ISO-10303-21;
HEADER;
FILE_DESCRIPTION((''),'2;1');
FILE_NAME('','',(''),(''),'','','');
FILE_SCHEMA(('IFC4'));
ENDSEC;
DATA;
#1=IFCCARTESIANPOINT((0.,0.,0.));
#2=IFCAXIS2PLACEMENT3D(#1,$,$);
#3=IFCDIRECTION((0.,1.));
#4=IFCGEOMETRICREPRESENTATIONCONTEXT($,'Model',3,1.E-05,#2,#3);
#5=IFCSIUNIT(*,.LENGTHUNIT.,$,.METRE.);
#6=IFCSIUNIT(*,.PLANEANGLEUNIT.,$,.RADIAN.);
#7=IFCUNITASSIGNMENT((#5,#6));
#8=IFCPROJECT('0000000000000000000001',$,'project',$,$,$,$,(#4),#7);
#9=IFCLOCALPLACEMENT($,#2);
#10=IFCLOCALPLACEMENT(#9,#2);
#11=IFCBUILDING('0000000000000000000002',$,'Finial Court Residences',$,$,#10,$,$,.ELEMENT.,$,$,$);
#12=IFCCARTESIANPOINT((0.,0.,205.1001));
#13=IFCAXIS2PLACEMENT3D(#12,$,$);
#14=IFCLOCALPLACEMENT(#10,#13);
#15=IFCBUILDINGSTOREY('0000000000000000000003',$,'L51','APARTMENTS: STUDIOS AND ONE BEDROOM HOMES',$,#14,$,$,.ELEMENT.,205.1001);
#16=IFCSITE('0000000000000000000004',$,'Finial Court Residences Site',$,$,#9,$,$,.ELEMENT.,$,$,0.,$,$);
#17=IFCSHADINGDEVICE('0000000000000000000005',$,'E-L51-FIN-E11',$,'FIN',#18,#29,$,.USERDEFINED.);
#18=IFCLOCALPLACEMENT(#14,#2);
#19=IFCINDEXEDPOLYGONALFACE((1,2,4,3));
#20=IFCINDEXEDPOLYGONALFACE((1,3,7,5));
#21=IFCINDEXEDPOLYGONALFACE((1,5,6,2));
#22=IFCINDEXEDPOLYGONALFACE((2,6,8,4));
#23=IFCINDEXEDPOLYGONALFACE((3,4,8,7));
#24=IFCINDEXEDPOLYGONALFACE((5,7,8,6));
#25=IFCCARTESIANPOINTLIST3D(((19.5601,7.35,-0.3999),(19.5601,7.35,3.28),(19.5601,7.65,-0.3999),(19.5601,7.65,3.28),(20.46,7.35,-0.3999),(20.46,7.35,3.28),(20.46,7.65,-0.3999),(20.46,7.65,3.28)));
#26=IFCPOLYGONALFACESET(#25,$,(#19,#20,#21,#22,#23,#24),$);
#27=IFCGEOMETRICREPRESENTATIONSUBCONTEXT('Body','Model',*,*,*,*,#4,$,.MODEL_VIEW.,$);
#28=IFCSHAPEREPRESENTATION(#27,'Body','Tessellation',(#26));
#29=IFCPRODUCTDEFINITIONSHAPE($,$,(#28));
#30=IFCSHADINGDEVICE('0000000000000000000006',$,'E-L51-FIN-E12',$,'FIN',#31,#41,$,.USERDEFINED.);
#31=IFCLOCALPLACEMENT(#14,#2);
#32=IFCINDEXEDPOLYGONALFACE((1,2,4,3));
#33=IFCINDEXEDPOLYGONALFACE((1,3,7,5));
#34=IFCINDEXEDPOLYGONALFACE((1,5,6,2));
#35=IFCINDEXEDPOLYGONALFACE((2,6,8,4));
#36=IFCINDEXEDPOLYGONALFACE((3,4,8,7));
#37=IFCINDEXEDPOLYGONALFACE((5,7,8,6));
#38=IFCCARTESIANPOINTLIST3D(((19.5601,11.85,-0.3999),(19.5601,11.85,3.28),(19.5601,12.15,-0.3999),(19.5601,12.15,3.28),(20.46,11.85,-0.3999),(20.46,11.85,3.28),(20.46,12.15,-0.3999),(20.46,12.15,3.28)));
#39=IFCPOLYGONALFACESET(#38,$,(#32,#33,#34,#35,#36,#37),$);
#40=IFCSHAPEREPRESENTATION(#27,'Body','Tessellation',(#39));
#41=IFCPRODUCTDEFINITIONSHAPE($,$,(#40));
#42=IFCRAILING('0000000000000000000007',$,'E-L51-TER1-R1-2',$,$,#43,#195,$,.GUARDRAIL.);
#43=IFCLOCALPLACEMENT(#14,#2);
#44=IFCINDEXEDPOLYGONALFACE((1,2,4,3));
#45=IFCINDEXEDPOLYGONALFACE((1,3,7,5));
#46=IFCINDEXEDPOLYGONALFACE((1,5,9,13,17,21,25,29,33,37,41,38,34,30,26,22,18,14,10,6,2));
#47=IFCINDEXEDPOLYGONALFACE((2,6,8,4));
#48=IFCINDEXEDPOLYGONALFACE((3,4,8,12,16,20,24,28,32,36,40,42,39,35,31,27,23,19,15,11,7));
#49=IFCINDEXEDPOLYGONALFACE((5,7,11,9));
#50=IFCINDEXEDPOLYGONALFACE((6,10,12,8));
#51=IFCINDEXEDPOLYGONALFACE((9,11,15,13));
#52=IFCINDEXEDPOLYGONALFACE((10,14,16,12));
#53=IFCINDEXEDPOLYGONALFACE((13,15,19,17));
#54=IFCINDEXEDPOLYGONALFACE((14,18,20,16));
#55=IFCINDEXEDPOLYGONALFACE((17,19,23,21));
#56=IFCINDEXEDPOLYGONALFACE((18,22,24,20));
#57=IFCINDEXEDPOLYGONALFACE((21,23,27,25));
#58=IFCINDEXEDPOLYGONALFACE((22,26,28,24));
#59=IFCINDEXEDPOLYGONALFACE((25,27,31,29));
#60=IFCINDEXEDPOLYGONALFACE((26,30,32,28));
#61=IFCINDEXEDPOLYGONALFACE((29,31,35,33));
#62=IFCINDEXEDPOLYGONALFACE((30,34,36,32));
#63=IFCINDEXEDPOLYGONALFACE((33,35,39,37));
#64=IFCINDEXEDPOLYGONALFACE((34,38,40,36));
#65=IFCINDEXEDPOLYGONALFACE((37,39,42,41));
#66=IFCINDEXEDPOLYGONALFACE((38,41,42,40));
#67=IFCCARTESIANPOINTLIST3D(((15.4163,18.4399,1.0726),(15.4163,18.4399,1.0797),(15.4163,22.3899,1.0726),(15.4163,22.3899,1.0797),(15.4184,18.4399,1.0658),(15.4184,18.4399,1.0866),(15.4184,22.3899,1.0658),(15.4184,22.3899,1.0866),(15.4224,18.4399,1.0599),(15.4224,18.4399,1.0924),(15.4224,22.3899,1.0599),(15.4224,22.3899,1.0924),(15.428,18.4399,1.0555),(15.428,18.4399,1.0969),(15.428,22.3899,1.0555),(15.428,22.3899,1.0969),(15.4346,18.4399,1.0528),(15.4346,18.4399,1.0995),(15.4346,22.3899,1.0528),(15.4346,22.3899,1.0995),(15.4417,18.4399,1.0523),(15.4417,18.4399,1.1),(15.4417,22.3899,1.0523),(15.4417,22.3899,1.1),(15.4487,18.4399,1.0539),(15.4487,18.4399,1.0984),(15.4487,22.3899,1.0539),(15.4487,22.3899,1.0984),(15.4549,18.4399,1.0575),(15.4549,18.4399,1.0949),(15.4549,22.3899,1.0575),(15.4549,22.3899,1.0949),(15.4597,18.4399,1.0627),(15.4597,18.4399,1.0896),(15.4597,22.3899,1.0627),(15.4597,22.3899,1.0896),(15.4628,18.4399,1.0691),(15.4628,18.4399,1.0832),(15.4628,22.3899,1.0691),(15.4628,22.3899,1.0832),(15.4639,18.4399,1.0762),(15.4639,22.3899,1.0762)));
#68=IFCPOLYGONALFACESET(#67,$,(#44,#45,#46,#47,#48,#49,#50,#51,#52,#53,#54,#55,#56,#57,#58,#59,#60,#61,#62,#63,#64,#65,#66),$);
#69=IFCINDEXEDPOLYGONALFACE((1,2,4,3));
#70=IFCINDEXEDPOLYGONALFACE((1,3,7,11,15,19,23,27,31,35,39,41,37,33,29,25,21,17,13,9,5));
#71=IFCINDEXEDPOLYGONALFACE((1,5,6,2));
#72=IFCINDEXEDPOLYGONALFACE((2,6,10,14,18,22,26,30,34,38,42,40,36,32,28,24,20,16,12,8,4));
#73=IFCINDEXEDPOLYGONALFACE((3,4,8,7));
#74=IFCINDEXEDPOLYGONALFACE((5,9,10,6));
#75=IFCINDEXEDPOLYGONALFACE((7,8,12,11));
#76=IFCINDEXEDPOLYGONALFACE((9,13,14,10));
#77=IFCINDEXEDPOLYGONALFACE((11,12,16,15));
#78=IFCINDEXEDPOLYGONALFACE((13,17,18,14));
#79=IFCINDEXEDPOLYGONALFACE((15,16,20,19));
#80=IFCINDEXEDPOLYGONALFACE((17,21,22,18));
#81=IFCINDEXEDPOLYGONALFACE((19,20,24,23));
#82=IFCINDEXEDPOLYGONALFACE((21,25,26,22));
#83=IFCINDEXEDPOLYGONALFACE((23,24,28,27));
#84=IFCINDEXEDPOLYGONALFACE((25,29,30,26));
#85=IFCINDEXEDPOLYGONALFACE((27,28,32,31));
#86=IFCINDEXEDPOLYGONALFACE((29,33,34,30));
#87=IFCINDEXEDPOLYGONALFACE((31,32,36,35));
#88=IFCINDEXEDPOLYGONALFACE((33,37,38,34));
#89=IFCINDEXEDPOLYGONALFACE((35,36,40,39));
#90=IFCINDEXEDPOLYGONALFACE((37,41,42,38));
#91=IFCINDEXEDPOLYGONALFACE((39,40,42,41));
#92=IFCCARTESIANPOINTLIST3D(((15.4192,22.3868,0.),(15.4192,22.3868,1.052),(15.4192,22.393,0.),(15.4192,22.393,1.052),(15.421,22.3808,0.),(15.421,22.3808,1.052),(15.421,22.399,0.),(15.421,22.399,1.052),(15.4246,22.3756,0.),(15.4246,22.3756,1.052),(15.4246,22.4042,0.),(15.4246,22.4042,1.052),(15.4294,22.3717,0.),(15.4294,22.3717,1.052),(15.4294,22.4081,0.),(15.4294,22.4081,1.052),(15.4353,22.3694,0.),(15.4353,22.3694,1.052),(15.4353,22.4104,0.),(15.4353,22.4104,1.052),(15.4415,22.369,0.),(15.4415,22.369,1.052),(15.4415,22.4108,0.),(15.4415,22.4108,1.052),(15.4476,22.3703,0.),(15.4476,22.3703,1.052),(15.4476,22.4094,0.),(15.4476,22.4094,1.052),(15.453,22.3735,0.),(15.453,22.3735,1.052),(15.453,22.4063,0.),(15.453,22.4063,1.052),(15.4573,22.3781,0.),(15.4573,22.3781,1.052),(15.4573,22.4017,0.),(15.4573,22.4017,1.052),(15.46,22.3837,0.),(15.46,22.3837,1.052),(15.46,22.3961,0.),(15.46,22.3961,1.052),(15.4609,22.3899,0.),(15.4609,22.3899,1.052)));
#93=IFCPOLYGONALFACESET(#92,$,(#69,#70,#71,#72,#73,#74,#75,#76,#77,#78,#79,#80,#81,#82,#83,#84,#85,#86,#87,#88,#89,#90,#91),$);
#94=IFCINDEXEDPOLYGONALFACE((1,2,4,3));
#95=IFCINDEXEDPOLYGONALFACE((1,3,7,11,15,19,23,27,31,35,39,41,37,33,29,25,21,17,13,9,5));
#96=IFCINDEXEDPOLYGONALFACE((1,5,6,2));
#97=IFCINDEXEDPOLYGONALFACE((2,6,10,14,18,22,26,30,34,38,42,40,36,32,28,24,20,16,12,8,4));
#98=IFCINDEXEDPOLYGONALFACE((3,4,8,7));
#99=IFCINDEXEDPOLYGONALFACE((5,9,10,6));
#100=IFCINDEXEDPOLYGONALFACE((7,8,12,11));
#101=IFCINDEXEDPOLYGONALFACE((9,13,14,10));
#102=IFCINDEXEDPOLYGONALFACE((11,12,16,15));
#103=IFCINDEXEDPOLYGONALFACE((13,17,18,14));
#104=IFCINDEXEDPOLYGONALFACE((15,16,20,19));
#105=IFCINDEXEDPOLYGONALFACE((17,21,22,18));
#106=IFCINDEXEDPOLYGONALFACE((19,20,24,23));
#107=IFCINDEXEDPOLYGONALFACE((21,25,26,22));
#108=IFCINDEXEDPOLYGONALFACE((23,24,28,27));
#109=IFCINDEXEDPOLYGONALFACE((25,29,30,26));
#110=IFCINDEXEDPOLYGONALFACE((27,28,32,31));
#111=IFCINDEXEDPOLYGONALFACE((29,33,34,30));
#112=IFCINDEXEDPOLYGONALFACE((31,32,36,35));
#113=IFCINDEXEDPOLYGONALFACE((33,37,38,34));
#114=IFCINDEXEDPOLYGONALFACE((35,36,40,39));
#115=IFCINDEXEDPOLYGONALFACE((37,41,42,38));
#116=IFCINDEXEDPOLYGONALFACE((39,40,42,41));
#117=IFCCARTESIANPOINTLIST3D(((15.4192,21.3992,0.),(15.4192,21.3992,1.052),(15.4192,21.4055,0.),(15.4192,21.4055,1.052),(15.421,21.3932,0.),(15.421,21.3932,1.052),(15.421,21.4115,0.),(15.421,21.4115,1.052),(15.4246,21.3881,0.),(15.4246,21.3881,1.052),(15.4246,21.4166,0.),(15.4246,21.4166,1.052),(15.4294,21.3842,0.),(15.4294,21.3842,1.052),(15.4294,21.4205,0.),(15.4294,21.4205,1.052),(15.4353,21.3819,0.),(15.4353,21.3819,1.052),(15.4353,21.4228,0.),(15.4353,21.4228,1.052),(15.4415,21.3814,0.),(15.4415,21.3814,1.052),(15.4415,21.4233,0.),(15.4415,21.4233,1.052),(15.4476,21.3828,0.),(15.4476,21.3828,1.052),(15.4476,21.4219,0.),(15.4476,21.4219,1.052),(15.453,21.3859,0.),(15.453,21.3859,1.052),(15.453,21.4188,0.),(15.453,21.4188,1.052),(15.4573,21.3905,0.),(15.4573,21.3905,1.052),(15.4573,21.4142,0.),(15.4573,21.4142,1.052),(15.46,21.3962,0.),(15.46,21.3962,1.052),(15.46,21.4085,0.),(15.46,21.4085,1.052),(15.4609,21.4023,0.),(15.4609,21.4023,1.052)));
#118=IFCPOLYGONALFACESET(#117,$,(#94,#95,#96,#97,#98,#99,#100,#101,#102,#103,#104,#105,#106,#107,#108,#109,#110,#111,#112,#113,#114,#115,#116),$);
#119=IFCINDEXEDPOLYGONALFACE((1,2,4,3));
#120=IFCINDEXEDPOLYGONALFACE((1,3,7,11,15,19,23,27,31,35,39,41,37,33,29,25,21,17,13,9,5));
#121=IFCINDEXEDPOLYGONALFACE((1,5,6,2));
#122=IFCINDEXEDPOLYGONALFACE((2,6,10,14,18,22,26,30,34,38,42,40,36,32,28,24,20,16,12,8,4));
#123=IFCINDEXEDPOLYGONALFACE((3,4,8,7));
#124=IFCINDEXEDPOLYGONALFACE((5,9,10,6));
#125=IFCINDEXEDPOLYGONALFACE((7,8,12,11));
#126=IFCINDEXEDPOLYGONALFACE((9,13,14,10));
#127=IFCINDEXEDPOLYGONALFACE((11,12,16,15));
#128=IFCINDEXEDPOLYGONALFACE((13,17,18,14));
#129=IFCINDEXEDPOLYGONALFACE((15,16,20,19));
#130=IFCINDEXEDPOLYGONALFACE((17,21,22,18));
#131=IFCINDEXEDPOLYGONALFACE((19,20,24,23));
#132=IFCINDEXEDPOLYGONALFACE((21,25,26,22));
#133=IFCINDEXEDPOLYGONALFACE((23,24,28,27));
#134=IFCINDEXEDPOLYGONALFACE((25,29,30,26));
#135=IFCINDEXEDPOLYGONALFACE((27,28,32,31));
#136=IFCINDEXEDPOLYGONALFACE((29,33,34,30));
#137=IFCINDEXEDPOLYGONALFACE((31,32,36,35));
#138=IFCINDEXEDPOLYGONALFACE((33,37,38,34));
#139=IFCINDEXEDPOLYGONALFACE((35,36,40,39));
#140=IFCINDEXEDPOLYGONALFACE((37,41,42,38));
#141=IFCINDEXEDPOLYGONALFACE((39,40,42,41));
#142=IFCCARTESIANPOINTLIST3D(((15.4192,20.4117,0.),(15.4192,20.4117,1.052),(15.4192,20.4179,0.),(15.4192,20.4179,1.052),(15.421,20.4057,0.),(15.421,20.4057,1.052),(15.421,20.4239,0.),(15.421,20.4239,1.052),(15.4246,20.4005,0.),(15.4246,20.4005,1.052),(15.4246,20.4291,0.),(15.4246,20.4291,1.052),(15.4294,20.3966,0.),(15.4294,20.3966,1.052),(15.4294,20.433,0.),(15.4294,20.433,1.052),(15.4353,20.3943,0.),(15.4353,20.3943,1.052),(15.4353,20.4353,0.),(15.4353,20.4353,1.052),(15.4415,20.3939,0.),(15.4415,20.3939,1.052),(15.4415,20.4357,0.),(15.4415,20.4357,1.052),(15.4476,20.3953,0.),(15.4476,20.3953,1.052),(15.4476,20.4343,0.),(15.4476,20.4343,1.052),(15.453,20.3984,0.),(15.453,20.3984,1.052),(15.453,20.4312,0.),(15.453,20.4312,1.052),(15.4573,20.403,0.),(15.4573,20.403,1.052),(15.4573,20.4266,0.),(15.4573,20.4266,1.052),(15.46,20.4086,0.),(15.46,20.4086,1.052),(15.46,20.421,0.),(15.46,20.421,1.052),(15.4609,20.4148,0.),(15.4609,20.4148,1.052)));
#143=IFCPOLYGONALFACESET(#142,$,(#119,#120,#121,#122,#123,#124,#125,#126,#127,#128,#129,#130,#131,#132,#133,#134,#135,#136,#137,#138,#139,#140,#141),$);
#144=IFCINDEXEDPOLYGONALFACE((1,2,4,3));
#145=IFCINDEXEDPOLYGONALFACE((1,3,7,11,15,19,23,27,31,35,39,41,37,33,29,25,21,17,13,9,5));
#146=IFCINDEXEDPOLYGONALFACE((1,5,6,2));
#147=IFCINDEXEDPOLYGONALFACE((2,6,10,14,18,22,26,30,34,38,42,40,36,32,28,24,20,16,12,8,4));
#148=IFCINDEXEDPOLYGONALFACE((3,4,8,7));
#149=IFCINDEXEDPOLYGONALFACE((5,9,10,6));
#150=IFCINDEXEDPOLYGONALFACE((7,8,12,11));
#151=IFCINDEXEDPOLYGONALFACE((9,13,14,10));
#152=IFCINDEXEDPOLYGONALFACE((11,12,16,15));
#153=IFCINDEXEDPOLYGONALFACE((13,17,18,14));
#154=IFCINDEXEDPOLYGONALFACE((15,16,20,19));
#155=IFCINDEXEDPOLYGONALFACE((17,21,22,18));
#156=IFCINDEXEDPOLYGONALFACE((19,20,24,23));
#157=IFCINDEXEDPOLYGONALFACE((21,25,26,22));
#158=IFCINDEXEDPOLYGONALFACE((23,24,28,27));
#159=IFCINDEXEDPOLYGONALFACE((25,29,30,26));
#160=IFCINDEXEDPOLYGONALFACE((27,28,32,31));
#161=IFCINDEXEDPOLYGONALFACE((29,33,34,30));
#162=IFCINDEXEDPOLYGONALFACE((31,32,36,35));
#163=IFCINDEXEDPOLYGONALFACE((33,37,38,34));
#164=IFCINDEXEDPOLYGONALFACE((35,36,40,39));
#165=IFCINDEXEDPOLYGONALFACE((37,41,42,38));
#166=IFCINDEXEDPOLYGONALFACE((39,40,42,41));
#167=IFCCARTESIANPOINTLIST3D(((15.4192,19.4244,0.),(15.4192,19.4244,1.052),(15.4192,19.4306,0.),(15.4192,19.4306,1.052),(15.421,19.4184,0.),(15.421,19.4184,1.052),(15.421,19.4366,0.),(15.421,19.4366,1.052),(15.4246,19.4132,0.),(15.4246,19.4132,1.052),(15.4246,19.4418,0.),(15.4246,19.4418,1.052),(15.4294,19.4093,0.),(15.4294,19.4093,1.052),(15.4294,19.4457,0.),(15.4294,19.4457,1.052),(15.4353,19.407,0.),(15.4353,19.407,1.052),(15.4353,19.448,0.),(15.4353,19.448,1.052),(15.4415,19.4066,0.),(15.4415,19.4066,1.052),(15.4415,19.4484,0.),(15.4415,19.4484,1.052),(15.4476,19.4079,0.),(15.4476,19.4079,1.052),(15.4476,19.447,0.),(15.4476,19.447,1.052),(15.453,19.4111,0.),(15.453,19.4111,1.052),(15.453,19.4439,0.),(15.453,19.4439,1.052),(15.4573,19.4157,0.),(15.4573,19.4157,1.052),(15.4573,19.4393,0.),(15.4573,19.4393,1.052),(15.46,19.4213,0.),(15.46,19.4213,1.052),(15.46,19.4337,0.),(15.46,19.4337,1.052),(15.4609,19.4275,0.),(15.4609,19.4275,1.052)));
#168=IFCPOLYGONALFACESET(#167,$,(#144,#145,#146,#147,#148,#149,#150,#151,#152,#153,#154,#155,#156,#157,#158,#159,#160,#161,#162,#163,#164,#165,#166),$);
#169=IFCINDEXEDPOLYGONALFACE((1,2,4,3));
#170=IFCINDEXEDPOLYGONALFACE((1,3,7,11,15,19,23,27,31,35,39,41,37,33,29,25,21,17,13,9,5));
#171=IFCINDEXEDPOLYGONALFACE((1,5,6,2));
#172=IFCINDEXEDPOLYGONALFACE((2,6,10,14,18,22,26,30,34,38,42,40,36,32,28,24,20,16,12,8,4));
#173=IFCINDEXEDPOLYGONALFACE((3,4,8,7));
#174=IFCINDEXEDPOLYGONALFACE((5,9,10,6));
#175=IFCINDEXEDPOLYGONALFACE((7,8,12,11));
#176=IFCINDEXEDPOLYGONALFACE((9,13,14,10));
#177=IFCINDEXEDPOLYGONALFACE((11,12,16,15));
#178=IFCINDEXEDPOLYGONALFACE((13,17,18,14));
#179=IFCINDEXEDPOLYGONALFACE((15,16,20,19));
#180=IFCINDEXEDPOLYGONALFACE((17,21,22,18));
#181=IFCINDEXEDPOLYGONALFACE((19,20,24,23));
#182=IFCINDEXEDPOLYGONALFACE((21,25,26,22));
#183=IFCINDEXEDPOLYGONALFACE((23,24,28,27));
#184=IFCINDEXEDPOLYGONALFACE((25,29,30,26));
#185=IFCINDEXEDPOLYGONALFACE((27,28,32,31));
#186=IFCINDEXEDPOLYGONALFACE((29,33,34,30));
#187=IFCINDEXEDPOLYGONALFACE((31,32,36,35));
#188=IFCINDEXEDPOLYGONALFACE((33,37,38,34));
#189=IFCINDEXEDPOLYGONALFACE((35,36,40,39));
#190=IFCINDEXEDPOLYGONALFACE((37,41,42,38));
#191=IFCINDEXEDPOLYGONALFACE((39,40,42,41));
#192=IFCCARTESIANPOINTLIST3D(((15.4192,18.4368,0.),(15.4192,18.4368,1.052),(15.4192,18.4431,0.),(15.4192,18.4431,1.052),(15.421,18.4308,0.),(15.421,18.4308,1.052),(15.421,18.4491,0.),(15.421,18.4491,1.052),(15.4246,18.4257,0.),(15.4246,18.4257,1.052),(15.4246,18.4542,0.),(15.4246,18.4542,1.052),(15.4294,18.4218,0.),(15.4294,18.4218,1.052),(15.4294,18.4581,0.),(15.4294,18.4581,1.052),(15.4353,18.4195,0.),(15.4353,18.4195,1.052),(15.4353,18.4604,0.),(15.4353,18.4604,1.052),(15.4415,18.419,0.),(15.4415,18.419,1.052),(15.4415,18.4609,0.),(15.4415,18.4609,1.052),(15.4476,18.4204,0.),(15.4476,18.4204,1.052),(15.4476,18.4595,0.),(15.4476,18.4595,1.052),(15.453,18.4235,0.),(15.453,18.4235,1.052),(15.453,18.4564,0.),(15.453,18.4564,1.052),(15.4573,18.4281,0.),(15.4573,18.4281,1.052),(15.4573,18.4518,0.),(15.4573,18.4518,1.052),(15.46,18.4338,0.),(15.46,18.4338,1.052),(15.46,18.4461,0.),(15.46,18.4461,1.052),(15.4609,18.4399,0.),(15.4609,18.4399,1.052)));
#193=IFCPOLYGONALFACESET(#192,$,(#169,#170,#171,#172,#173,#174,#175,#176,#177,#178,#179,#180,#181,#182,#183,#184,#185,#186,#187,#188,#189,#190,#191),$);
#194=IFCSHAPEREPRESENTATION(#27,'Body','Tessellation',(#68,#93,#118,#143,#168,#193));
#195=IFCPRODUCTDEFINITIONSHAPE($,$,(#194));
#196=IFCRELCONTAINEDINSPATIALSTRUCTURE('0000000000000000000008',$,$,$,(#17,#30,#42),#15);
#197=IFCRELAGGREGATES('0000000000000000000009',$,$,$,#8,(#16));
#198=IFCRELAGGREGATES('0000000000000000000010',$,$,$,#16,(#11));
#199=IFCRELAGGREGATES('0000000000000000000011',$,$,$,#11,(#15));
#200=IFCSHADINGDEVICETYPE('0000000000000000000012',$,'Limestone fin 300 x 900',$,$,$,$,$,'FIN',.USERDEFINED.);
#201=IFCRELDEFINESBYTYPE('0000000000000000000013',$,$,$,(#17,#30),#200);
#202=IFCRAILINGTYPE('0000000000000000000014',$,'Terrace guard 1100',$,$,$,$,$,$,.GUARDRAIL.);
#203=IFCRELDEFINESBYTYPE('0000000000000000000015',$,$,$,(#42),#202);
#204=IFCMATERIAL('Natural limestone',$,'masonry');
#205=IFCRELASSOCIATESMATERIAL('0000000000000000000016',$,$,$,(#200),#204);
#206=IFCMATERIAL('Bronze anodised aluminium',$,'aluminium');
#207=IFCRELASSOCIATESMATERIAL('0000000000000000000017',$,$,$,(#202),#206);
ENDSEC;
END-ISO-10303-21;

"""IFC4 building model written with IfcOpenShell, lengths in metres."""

from ifc_helpers import new_model, si_unit, direction, frame, origin, origin_2d, place, context, subcontext, project, spatial, rectangle, circle, extrude, material, type_object, element, save


model = new_model("IFC4")

# Units and contexts
model_context = context("Model", 3, precision=1e-05, world=origin(), true_north=direction((0.0, 1.0)))
body_context = subcontext(model_context, "Body", "Model", "MODEL_VIEW")
ifc_project = project(units=[si_unit("LENGTHUNIT", "METRE"), si_unit("PLANEANGLEUNIT", "RADIAN")], contexts=[model_context])

# Site, building, storey
site_placement = place(None, origin())
site = spatial("IfcSite", under=ifc_project, at=site_placement, Name="Finial Court Residences Site", CompositionType="ELEMENT", RefElevation=0.0)
building_placement = place(site_placement, origin())
building = spatial("IfcBuilding", under=site, at=building_placement, Name="Finial Court Residences", CompositionType="ELEMENT")
storey_placement = place(building_placement, frame((0.0, 0.0, 205.1001)))
storey = spatial("IfcBuildingStorey", under=building, at=storey_placement, Name="L51", Description="APARTMENTS: STUDIOS AND ONE BEDROOM HOMES", CompositionType="ELEMENT", Elevation=205.1001)

# Shared definitions
ifc_material_1 = material(Name="Bronze anodised aluminium", Category="aluminium")

# Shared definitions
ifc_material_2 = material(Name="Natural limestone", Category="masonry")

# Shading devices
shading_device_type = type_object("IfcShadingDeviceType", Name="Limestone fin 300 x 900", ElementType="FIN", PredefinedType="USERDEFINED", material=ifc_material_2)
for number, where, z_axis, x_axis, name in (
    (1, (20.01, 7.5, -0.3999), (0.0, 0.0, 1.0), (1.0, 0.0, 0.0), "E-L51-FIN-E11"),
    (2, (20.01, 12.0, -0.3999), (0.0, 0.0, 1.0), (1.0, 0.0, 0.0), "E-L51-FIN-E12"),
):
    element("IfcShadingDevice", number, at=place(storey_placement, frame(where, z_axis=z_axis, x_axis=x_axis)), inside=storey, type_object=shading_device_type, Name=name, ObjectType="FIN", PredefinedType="USERDEFINED", context=body_context, shape_type="SweptSolid", body=[
        extrude(rectangle(XDim=0.8999, YDim=0.3, at=origin_2d()), origin(), (0.0, 0.0, 1.0), 3.6799),
    ])

# Railing
railing_type = type_object("IfcRailingType", Name="Terrace guard 1100", PredefinedType="GUARDRAIL", material=ifc_material_1)
railing_1_placement = place(storey_placement, frame((15.4399, 22.3899, 0.0)))
element("IfcRailing", 3, at=railing_1_placement, inside=storey, type_object=railing_type, Name="E-L51-TER1-R1-2", PredefinedType="GUARDRAIL", context=body_context, shape_type="SweptSolid", body=[
    extrude(circle(Radius=0.0239, at=origin_2d()), frame((0.0, 0.0, 1.0762), z_axis=(0.0, -1.0, 0.0), x_axis=(1.0, 0.0, 0.0)), (0.0, 0.0, 1.0), 3.95),
    extrude(circle(Radius=0.021, at=origin_2d()), origin(), (0.0, 0.0, 1.0), 1.052),
    extrude(circle(Radius=0.021, at=origin_2d()), frame((0.0, -0.9875, 0.0)), (0.0, 0.0, 1.0), 1.052),
    extrude(circle(Radius=0.021, at=origin_2d()), frame((0.0, -1.9751, 0.0)), (0.0, 0.0, 1.0), 1.052),
    extrude(circle(Radius=0.021, at=origin_2d()), frame((0.0, -2.9624, 0.0)), (0.0, 0.0, 1.0), 1.052),
    extrude(circle(Radius=0.021, at=origin_2d()), frame((0.0, -3.95, 0.0)), (0.0, 0.0, 1.0), 1.052),
])

save(model, "model.ifc")
